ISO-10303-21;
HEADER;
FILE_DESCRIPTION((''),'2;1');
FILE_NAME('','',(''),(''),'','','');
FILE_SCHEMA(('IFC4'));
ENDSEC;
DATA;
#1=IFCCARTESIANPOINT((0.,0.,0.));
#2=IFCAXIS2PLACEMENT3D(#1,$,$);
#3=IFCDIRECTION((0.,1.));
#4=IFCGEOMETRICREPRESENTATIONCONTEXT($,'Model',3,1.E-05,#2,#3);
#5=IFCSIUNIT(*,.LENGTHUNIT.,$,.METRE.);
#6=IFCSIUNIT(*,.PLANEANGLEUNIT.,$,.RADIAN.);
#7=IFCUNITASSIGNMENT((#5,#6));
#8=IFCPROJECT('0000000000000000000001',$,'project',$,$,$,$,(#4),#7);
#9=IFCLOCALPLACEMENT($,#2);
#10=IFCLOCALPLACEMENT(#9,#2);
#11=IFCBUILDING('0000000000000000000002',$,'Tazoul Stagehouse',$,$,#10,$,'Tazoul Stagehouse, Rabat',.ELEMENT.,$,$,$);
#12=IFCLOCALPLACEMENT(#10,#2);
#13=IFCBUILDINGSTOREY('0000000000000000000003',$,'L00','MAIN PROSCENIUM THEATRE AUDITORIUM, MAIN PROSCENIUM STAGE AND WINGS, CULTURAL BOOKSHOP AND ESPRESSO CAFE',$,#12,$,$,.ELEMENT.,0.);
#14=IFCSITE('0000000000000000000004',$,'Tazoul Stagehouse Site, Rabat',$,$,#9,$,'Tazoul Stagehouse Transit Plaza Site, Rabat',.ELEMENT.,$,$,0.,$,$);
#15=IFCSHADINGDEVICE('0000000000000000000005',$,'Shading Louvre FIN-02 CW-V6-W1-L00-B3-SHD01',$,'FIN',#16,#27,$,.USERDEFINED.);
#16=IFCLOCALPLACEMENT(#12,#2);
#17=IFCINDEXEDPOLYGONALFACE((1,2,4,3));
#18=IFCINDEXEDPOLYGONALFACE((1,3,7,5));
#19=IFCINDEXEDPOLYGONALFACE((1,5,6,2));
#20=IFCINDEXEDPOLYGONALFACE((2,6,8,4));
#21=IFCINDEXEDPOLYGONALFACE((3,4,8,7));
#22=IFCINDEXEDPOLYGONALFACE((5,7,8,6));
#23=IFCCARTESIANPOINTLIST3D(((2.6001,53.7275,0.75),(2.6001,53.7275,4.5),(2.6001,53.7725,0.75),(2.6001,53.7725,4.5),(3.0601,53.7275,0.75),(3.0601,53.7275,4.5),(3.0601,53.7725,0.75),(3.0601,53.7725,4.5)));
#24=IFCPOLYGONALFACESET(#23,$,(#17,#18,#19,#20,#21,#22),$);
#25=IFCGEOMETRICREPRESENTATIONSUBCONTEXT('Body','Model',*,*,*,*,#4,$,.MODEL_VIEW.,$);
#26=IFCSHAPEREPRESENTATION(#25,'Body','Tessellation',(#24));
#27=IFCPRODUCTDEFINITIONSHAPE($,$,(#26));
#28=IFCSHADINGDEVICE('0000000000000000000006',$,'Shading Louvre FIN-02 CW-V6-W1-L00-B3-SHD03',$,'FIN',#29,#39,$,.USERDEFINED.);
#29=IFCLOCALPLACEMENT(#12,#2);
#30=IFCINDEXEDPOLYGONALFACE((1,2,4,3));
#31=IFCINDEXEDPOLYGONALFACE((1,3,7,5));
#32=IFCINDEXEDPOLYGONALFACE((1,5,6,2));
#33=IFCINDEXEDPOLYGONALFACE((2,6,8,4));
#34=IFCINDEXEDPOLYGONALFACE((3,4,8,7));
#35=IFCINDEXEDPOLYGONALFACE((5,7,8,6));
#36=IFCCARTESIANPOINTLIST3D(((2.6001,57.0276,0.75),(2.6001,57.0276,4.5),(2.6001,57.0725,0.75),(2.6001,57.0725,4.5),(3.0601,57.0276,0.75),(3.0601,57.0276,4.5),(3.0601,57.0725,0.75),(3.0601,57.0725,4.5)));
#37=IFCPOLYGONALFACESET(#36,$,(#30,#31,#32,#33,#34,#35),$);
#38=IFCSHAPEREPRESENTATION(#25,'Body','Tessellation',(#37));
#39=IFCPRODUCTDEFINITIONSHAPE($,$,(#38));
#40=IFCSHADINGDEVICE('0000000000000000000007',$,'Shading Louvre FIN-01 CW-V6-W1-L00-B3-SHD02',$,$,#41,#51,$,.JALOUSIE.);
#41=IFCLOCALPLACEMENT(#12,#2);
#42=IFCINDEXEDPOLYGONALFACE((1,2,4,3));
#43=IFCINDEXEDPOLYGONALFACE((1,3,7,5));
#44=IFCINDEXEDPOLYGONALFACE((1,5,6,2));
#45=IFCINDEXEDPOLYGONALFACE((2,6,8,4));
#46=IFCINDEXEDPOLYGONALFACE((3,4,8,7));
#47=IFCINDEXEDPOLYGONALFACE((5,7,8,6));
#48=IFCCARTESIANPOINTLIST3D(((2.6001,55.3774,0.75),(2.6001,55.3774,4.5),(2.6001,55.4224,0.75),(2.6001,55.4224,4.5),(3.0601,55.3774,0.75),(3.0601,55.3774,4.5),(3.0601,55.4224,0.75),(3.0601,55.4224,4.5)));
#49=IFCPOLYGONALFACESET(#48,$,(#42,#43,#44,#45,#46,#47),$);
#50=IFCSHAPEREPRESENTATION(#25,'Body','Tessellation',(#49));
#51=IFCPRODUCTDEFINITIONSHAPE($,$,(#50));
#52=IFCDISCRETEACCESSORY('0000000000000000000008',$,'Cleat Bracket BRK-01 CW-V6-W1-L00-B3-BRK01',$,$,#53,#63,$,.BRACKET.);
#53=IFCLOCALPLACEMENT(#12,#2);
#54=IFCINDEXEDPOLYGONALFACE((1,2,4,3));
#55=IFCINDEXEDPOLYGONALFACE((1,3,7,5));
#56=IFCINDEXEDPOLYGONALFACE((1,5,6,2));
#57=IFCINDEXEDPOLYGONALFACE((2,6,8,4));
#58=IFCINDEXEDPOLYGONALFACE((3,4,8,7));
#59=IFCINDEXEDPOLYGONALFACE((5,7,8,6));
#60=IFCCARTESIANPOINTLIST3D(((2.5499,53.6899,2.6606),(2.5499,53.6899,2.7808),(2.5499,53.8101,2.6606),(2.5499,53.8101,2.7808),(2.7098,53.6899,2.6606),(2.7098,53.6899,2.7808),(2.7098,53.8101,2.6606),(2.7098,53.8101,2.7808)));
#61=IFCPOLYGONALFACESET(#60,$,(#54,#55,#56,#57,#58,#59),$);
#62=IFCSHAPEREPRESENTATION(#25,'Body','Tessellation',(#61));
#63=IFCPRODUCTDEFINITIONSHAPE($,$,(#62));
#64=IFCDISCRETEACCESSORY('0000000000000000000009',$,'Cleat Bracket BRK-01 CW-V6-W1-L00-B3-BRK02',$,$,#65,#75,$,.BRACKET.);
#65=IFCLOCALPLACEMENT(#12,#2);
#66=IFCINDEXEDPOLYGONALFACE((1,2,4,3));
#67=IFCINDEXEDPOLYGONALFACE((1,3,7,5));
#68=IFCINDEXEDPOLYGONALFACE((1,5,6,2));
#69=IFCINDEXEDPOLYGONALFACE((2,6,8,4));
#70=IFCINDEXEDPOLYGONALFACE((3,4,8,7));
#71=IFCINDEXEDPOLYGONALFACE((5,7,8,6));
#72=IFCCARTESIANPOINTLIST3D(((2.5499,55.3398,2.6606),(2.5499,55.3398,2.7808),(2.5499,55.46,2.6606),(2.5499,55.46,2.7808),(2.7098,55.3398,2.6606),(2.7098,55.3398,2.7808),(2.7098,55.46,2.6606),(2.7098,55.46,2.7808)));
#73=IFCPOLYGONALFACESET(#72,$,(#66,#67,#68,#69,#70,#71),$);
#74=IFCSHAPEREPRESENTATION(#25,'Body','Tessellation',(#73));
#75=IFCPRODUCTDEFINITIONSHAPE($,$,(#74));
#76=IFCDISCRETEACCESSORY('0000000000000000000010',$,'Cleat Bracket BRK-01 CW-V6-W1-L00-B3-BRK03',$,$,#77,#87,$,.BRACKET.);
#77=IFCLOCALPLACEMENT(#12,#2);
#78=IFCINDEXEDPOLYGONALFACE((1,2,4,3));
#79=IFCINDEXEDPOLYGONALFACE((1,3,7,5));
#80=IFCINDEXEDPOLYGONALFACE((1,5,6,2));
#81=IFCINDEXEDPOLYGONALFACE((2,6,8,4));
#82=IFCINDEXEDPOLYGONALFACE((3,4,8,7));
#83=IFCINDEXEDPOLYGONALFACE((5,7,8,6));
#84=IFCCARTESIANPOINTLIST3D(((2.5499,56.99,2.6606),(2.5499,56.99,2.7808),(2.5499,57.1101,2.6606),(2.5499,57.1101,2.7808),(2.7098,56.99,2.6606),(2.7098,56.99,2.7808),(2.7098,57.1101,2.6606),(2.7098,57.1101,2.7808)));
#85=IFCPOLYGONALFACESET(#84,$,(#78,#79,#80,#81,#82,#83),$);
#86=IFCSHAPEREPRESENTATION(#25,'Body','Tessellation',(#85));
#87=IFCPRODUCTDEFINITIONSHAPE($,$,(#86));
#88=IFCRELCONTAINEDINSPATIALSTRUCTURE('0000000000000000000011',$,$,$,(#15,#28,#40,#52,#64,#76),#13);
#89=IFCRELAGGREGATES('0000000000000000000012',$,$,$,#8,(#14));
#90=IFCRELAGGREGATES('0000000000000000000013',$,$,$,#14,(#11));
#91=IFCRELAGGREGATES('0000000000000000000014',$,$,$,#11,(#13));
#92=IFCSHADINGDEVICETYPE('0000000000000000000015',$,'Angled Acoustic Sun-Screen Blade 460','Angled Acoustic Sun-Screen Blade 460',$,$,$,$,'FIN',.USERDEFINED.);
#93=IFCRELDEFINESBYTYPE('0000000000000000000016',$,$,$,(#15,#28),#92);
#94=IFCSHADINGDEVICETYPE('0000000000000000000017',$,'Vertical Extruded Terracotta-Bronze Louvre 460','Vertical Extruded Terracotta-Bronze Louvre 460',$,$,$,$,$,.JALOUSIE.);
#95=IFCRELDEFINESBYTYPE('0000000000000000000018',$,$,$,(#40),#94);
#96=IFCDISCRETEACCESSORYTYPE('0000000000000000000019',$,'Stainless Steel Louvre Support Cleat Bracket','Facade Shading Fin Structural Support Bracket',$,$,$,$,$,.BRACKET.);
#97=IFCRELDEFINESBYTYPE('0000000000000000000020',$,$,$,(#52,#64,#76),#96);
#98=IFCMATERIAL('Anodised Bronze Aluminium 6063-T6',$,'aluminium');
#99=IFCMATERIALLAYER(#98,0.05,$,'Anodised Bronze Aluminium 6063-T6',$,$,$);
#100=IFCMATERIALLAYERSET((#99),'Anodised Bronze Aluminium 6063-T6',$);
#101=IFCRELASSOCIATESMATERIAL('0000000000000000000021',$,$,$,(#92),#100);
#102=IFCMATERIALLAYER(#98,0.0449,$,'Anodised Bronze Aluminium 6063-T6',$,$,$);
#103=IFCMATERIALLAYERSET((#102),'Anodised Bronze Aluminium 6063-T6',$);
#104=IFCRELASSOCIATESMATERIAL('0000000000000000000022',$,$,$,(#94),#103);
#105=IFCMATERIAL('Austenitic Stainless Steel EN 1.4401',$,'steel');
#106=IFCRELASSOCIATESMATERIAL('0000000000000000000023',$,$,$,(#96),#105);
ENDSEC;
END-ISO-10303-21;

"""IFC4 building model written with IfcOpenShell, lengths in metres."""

from ifc_helpers import new_model, si_unit, direction, frame, origin, origin_2d, place, context, subcontext, project, spatial, rectangle, extrude, material, layer, layer_set, type_object, element, save


model = new_model("IFC4")

# Units and contexts
model_context = context("Model", 3, precision=1e-05, world=origin(), true_north=direction((0.0, 1.0)))
body_context = subcontext(model_context, "Body", "Model", "MODEL_VIEW")
ifc_project = project(units=[si_unit("LENGTHUNIT", "METRE"), si_unit("PLANEANGLEUNIT", "RADIAN")], contexts=[model_context])

# Shared definitions
ifc_material_1 = material(Name="Anodised Bronze Aluminium 6063-T6", Category="aluminium")
site_placement = place(None, origin())
building_placement = place(site_placement, origin())
storey_placement = place(building_placement, origin())

# Site, building, storey
site = spatial("IfcSite", under=ifc_project, at=site_placement, Name="Tazoul Stagehouse Site, Rabat", LongName="Tazoul Stagehouse Transit Plaza Site, Rabat", CompositionType="ELEMENT", RefElevation=0.0)
building = spatial("IfcBuilding", under=site, at=building_placement, Name="Tazoul Stagehouse", LongName="Tazoul Stagehouse, Rabat", CompositionType="ELEMENT")
storey = spatial("IfcBuildingStorey", under=building, at=storey_placement, Name="L00", Description="MAIN PROSCENIUM THEATRE AUDITORIUM, MAIN PROSCENIUM STAGE AND WINGS, CULTURAL BOOKSHOP AND ESPRESSO CAFE", CompositionType="ELEMENT", Elevation=0.0)

# Shading devices
ifc_layer_1 = layer(ifc_material_1, 0.05, Name="Anodised Bronze Aluminium 6063-T6")
ifc_layer_set_1 = layer_set([ifc_layer_1], Name="Anodised Bronze Aluminium 6063-T6")
shading_device_type_1 = type_object("IfcShadingDeviceType", Name="Angled Acoustic Sun-Screen Blade 460", Description="Angled Acoustic Sun-Screen Blade 460", ElementType="FIN", PredefinedType="USERDEFINED", material=ifc_layer_set_1)
for number, where, z_axis, x_axis, name in (
    (1, (2.8301, 53.75, 0.75), (0.0, 0.0, 1.0), (0.0, 1.0, 0.0), "Shading Louvre FIN-02 CW-V6-W1-L00-B3-SHD01"),
    (2, (2.8301, 57.05, 0.75), (0.0, 0.0, 1.0), (0.0, 1.0, 0.0), "Shading Louvre FIN-02 CW-V6-W1-L00-B3-SHD03"),
):
    element("IfcShadingDevice", number, at=place(storey_placement, frame(where, z_axis=z_axis, x_axis=x_axis)), inside=storey, type_object=shading_device_type_1, Name=name, ObjectType="FIN", PredefinedType="USERDEFINED", context=body_context, shape_type="SweptSolid", body=[
        extrude(rectangle(XDim=0.0449, YDim=0.46, at=origin_2d()), origin(), (0.0, 0.0, 1.0), 3.75),
    ])
ifc_layer_2 = layer(ifc_material_1, 0.0449, Name="Anodised Bronze Aluminium 6063-T6")
ifc_layer_set_2 = layer_set([ifc_layer_2], Name="Anodised Bronze Aluminium 6063-T6")
shading_device_type_2 = type_object("IfcShadingDeviceType", Name="Vertical Extruded Terracotta-Bronze Louvre 460", Description="Vertical Extruded Terracotta-Bronze Louvre 460", PredefinedType="JALOUSIE", material=ifc_layer_set_2)
shading_device_placement = place(storey_placement, frame((2.8301, 55.3999, 0.75), z_axis=(0.0, 0.0, 1.0), x_axis=(0.0, 1.0, 0.0)))
element("IfcShadingDevice", 3, at=shading_device_placement, inside=storey, type_object=shading_device_type_2, Name="Shading Louvre FIN-01 CW-V6-W1-L00-B3-SHD02", PredefinedType="JALOUSIE", context=body_context, shape_type="SweptSolid", body=[
    extrude(rectangle(XDim=0.0449, YDim=0.46, at=origin_2d()), origin(), (0.0, 0.0, 1.0), 3.75),
])

# Discrete accessories
ifc_material_2 = material(Name="Austenitic Stainless Steel EN 1.4401", Category="steel")
discrete_accessory_type = type_object("IfcDiscreteAccessoryType", Name="Stainless Steel Louvre Support Cleat Bracket", Description="Facade Shading Fin Structural Support Bracket", PredefinedType="BRACKET", material=ifc_material_2)
for number, where, z_axis, x_axis, name in (
    (4, (2.6299, 53.75, 2.6606), (0.0, 0.0, 1.0), (0.0, 1.0, 0.0), "Cleat Bracket BRK-01 CW-V6-W1-L00-B3-BRK01"),
    (5, (2.6299, 55.3999, 2.6606), (0.0, 0.0, 1.0), (0.0, 1.0, 0.0), "Cleat Bracket BRK-01 CW-V6-W1-L00-B3-BRK02"),
    (6, (2.6299, 57.05, 2.6606), (0.0, 0.0, 1.0), (0.0, 1.0, 0.0), "Cleat Bracket BRK-01 CW-V6-W1-L00-B3-BRK03"),
):
    element("IfcDiscreteAccessory", number, at=place(storey_placement, frame(where, z_axis=z_axis, x_axis=x_axis)), inside=storey, type_object=discrete_accessory_type, Name=name, PredefinedType="BRACKET", context=body_context, shape_type="SweptSolid", body=[
        extrude(rectangle(XDim=0.1201, YDim=0.1599, at=origin_2d()), origin(), (0.0, 0.0, 1.0), 0.1201),
    ])

save(model, "model.ifc")
